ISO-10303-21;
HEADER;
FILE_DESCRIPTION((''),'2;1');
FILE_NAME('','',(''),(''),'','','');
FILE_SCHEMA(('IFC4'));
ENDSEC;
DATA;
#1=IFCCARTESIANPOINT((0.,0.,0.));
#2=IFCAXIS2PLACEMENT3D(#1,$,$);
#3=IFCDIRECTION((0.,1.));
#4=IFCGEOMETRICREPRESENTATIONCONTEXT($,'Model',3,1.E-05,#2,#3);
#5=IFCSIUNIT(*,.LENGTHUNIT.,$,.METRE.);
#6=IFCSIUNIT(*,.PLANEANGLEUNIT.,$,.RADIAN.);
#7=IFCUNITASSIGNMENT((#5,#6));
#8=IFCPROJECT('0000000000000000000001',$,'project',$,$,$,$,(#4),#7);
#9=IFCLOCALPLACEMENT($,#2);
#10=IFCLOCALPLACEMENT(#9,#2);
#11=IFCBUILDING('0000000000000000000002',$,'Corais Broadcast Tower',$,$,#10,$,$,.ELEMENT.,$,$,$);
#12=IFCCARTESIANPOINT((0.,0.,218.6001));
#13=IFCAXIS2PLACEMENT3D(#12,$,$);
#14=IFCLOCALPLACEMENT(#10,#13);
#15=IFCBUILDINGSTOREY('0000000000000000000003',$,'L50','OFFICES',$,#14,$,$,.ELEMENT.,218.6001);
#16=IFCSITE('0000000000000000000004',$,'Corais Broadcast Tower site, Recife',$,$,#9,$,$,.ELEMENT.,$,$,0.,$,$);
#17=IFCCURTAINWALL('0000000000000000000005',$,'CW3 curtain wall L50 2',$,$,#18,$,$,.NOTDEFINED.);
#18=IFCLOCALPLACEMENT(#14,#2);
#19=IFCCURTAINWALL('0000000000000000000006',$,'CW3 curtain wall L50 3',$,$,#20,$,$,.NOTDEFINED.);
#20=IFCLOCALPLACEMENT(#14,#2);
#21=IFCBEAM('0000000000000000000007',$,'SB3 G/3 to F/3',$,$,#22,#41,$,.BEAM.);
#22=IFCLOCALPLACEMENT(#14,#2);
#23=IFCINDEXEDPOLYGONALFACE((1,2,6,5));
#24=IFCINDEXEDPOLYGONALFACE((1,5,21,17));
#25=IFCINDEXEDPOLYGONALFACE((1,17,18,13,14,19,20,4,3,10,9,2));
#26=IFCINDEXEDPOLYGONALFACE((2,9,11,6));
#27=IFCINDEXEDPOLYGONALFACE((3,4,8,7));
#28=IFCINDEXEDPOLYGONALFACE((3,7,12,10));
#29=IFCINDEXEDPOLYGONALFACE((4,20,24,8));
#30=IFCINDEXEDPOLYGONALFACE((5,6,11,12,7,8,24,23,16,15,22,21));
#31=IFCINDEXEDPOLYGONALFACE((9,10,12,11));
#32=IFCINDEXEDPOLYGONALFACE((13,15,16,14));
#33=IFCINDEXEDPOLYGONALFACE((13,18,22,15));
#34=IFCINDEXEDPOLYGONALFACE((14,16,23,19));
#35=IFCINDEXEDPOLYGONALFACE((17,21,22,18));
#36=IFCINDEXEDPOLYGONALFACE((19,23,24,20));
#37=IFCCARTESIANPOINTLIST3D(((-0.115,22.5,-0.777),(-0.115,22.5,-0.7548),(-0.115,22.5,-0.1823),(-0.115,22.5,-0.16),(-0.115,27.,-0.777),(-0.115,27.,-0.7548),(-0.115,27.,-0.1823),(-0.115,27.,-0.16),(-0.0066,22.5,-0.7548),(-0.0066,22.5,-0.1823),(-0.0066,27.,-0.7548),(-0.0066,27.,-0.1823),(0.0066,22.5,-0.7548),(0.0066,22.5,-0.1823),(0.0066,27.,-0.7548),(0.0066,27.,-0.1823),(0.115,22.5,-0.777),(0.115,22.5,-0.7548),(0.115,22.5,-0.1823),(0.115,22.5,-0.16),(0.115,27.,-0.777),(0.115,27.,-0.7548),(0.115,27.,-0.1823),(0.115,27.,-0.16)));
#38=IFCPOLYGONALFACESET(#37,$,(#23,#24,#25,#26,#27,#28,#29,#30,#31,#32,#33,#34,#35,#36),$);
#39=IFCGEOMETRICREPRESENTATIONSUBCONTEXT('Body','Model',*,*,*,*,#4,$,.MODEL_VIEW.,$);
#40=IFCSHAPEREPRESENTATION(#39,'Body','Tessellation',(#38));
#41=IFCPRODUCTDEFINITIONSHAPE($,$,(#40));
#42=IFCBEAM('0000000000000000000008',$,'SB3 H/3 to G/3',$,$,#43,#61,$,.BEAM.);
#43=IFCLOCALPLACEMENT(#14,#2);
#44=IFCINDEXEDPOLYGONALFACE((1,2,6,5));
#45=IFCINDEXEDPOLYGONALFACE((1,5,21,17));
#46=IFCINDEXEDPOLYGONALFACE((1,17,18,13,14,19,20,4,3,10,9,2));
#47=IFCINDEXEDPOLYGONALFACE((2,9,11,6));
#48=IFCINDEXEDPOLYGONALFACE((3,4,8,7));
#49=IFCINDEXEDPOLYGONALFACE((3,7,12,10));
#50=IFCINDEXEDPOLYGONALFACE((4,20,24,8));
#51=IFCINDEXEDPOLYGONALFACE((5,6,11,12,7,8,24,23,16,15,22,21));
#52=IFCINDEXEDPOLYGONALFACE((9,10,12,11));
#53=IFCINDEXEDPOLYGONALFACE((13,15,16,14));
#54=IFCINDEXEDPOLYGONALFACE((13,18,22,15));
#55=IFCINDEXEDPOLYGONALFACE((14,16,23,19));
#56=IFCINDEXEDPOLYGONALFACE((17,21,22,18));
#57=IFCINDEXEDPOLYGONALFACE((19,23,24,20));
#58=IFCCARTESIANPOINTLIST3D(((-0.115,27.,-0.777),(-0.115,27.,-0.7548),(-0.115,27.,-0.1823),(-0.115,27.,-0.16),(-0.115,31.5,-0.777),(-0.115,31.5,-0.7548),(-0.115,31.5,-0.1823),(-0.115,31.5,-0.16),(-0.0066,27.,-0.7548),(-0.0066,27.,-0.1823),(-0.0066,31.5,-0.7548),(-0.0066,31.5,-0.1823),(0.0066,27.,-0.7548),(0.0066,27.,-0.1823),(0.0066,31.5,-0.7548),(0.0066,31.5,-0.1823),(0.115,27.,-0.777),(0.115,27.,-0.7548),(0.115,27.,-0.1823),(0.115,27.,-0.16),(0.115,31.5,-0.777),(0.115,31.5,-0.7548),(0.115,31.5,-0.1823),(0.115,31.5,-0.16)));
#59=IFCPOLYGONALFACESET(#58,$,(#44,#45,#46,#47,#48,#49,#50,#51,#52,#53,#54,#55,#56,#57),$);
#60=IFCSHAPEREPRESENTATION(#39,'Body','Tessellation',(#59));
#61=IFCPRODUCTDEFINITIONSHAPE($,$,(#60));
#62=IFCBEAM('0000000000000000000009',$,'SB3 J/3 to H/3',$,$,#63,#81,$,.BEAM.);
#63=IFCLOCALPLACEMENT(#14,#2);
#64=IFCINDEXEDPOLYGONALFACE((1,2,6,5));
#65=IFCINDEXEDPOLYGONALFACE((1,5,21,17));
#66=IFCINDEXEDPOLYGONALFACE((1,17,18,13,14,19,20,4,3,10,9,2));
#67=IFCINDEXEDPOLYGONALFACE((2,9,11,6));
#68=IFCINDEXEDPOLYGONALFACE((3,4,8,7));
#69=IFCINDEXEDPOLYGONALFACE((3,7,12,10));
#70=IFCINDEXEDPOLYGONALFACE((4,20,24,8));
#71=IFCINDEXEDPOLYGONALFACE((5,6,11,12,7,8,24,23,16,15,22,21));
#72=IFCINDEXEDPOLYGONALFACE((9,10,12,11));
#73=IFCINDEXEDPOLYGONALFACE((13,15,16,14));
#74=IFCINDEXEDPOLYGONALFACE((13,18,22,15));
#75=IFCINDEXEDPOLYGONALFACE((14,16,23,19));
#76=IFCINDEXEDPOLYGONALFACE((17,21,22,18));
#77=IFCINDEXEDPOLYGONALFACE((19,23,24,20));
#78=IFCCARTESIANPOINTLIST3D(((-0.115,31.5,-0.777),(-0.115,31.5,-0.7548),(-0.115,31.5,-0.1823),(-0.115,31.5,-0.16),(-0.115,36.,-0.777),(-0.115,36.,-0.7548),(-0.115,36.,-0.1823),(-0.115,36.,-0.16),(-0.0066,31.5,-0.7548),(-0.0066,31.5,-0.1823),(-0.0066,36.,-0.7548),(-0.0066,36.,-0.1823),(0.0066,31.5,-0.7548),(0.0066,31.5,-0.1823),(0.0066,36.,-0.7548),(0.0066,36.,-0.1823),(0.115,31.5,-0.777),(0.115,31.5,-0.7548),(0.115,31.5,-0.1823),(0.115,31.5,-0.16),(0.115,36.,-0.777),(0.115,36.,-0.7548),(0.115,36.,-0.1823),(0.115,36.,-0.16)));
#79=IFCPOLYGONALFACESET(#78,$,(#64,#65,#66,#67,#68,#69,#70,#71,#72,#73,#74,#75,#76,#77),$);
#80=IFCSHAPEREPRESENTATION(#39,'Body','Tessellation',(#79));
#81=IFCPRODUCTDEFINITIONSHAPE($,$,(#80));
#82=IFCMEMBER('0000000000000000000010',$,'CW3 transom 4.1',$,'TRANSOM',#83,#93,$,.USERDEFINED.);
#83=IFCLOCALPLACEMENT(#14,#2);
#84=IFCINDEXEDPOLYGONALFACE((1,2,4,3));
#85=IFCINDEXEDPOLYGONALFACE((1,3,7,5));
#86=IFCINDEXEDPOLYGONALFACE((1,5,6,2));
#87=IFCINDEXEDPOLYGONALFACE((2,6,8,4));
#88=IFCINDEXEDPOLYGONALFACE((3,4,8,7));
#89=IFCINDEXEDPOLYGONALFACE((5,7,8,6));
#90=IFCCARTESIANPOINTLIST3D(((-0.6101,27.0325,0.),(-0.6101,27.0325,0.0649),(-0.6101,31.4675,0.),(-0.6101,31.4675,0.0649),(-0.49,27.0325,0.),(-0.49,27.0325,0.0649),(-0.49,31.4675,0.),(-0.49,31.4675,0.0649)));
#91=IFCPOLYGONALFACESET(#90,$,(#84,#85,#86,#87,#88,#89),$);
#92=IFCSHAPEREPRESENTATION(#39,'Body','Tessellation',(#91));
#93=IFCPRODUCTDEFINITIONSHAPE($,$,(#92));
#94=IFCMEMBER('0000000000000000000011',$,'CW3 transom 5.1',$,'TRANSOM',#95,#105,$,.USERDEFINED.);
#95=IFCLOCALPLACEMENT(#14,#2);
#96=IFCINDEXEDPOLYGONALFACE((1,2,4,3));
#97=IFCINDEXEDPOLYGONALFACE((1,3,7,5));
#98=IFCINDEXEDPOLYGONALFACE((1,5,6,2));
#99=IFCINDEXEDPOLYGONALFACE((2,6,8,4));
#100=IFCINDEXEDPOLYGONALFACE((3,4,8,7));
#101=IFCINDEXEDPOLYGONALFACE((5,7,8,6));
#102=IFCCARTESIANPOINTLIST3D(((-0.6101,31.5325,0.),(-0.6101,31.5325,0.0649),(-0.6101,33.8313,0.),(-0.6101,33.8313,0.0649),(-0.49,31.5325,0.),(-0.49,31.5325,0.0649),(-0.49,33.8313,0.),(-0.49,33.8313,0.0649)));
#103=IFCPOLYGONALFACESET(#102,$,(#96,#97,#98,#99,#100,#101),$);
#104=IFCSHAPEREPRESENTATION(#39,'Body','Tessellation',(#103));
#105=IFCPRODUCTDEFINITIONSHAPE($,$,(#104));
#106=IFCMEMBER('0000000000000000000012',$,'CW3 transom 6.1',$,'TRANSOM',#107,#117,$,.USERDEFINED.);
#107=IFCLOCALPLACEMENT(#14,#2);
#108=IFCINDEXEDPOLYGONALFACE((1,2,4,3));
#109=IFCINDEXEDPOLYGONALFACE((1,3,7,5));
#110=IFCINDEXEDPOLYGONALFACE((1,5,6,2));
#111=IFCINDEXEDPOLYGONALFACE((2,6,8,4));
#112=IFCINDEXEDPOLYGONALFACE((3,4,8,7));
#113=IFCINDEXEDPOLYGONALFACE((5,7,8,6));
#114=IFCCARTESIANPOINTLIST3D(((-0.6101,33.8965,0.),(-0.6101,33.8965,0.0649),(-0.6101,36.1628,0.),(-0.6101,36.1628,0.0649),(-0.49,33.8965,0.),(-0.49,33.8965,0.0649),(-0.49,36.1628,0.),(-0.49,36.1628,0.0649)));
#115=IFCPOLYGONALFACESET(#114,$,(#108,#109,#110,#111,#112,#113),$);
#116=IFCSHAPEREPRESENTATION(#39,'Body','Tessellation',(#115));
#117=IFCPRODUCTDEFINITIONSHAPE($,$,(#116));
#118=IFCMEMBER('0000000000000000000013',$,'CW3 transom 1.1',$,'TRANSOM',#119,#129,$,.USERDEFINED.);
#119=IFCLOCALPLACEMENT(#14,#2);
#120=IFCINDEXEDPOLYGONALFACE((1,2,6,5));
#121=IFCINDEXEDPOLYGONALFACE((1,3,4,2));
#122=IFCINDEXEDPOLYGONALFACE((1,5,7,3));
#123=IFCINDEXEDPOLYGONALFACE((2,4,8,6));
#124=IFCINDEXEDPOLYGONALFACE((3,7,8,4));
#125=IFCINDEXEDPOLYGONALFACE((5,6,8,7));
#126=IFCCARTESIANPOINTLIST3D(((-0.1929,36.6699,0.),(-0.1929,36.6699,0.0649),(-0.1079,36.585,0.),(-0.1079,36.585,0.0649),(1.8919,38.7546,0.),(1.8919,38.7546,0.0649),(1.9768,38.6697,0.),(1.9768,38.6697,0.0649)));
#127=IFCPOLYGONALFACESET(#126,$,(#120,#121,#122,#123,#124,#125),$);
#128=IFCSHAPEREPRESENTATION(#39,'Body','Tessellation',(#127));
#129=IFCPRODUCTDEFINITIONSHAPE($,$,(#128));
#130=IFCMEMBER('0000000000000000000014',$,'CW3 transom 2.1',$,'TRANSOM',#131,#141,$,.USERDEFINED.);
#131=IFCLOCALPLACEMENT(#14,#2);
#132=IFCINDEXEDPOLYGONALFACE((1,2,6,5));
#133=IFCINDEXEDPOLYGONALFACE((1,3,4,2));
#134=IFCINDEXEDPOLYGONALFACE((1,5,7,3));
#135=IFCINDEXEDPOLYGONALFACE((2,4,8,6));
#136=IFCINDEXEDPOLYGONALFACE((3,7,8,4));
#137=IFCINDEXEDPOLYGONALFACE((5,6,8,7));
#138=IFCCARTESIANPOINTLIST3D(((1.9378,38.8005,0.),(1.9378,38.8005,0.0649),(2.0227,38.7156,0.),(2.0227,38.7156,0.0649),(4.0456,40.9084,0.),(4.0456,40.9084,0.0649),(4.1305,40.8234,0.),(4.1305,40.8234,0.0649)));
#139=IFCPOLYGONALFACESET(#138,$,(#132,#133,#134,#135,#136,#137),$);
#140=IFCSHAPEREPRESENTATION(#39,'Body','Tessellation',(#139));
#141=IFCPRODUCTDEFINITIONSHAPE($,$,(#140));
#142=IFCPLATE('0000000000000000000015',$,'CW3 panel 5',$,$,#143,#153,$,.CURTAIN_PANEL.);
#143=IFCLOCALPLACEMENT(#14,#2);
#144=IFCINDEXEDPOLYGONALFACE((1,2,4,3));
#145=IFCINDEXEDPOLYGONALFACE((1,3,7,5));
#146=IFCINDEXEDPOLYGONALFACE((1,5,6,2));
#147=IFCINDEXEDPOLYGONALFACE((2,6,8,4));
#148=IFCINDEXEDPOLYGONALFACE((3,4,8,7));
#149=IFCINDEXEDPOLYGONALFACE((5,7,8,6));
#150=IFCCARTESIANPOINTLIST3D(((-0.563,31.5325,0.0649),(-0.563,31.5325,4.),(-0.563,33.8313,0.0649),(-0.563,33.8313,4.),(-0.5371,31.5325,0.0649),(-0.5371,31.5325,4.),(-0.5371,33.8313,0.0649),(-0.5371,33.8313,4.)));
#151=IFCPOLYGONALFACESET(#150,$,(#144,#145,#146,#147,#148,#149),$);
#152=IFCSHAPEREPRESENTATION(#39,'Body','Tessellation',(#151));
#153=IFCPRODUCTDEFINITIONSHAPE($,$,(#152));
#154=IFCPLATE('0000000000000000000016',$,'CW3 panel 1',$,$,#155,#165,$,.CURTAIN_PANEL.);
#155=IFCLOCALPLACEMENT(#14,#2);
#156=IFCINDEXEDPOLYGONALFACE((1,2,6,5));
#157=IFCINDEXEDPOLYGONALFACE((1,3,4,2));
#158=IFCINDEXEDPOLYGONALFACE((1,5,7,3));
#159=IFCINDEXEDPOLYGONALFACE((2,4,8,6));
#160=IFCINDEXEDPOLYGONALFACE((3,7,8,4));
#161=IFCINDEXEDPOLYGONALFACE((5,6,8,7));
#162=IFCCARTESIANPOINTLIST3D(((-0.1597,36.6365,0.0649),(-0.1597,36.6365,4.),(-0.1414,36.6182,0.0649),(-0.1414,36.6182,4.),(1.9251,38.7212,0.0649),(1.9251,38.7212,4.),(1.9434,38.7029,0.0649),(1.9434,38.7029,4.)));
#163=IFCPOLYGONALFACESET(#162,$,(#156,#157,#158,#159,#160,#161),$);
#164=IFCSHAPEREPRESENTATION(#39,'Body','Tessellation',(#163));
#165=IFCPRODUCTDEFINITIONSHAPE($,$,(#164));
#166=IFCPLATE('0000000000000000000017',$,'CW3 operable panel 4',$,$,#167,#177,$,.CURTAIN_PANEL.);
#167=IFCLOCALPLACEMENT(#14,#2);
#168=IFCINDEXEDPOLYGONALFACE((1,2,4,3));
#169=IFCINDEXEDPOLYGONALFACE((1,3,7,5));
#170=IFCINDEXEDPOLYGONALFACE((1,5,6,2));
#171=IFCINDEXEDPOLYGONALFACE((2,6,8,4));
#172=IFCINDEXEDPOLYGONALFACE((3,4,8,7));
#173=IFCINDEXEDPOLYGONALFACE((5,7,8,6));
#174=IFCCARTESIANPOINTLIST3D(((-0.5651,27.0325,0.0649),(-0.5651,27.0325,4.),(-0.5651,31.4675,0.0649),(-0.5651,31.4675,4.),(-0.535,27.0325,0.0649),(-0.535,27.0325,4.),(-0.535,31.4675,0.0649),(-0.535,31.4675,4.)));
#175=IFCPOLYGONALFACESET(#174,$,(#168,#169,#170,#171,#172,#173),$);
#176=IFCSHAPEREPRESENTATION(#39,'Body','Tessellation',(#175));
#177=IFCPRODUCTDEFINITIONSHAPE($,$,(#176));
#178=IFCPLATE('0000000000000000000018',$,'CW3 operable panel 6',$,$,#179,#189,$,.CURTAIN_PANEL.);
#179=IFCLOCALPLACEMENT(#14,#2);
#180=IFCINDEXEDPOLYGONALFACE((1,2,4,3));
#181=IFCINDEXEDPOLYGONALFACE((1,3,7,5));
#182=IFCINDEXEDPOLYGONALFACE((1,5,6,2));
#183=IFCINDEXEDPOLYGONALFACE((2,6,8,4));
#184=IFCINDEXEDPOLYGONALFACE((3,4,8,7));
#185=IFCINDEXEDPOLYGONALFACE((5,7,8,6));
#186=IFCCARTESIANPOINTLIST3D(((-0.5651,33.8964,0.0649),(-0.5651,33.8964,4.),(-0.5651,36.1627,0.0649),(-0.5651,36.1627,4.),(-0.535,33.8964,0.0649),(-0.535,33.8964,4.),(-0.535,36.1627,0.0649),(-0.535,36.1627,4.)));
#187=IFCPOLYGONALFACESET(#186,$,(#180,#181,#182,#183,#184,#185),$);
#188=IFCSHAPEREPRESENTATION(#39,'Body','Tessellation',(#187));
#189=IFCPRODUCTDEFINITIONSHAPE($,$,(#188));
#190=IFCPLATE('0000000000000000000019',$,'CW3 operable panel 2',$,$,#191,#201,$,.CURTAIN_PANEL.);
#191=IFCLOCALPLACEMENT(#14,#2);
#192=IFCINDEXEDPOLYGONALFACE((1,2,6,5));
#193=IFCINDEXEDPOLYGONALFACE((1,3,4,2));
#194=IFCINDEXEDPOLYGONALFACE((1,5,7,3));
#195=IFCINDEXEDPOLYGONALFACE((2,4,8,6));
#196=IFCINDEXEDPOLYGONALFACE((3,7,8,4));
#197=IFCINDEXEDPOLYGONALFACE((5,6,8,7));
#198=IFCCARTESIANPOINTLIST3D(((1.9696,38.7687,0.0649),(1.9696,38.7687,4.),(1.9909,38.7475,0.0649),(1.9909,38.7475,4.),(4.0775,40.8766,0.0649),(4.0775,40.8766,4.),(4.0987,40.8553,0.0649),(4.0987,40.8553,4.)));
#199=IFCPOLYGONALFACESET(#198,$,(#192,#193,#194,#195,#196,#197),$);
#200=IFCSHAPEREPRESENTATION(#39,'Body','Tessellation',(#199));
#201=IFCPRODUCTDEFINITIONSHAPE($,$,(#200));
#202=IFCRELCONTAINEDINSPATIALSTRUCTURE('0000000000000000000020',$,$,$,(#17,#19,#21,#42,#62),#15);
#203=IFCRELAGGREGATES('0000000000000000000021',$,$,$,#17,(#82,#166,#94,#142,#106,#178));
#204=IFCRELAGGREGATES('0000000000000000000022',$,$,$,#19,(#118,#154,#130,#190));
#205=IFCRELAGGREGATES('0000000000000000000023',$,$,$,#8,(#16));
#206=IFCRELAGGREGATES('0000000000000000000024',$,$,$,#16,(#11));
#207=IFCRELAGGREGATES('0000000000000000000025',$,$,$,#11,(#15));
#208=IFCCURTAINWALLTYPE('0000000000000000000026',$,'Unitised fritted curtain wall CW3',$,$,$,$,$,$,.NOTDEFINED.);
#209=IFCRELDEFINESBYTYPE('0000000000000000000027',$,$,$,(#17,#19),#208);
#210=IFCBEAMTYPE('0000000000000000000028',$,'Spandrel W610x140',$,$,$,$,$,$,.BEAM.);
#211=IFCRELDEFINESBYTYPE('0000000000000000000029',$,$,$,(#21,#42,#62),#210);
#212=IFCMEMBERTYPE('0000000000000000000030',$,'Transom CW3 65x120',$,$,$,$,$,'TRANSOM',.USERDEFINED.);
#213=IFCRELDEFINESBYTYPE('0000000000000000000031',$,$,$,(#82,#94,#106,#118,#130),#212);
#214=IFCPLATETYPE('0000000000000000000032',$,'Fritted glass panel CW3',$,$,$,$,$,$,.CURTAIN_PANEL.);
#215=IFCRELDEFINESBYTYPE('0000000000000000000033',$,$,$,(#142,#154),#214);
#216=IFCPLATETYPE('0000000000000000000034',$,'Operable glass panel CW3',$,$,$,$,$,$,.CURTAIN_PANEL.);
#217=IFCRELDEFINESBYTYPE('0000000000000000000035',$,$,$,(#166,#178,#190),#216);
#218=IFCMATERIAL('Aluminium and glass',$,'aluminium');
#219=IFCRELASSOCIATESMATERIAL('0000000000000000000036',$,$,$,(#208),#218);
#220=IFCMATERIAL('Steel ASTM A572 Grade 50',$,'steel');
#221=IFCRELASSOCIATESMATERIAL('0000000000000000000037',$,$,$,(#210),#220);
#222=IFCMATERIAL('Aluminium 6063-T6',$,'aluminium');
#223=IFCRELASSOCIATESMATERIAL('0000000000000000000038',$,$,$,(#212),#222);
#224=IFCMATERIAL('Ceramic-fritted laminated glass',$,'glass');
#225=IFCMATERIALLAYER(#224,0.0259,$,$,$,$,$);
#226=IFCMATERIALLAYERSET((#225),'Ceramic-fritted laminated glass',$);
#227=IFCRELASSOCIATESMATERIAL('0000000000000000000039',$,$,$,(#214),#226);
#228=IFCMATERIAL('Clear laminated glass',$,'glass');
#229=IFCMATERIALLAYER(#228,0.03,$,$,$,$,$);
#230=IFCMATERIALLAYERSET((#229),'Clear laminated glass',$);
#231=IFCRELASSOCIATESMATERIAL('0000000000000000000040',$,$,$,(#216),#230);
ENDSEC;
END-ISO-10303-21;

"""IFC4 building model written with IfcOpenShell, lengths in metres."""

from ifc_helpers import new_model, si_unit, direction, frame, origin, origin_2d, place, context, subcontext, project, spatial, rectangle, i_section, extrude, material, layer, layer_set, material_profile, profile_set, type_object, element, aggregate, save


model = new_model("IFC4")

# Units and contexts
model_context = context("Model", 3, precision=1e-05, world=origin(), true_north=direction((0.0, 1.0)))
body_context = subcontext(model_context, "Body", "Model", "MODEL_VIEW")
ifc_project = project(units=[si_unit("LENGTHUNIT", "METRE"), si_unit("PLANEANGLEUNIT", "RADIAN")], contexts=[model_context])

# Site, building, storey
site_placement = place(None, origin())
site = spatial("IfcSite", under=ifc_project, at=site_placement, Name="Corais Broadcast Tower site, Recife", CompositionType="ELEMENT", RefElevation=0.0)
building_placement = place(site_placement, origin())
building = spatial("IfcBuilding", under=site, at=building_placement, Name="Corais Broadcast Tower", CompositionType="ELEMENT")
storey_placement = place(building_placement, frame((0.0, 0.0, 218.6001)))
storey = spatial("IfcBuildingStorey", under=building, at=storey_placement, Name="L50", Description="OFFICES", CompositionType="ELEMENT", Elevation=218.6001)

# Curtain walls
ifc_material_1 = material(Name="Aluminium and glass", Category="aluminium")
curtain_wall_type = type_object("IfcCurtainWallType", Name="Unitised fritted curtain wall CW3", PredefinedType="NOTDEFINED", material=ifc_material_1)
curtain_wall_1_placement = place(storey_placement, origin())
curtain_wall_1 = element("IfcCurtainWall", 1, at=curtain_wall_1_placement, inside=storey, type_object=curtain_wall_type, Name="CW3 curtain wall L50 2", PredefinedType="NOTDEFINED")
curtain_wall_2_placement = place(storey_placement, origin())
curtain_wall_2 = element("IfcCurtainWall", 2, at=curtain_wall_2_placement, inside=storey, type_object=curtain_wall_type, Name="CW3 curtain wall L50 3", PredefinedType="NOTDEFINED")

# Beams
ifc_material_2 = material(Name="Steel ASTM A572 Grade 50", Category="steel")
ifc_material_profile_1 = material_profile(ifc_material_2, i_section(OverallWidth=0.23, OverallDepth=0.6169, WebThickness=0.0132, FlangeThickness=0.0222, at=origin_2d()), Name="W610x140")
ifc_profile_set_1 = profile_set([ifc_material_profile_1], Name="Steel ASTM A572 Grade 50")
beam_type_1 = type_object("IfcBeamType", Name="Spandrel W610x140", PredefinedType="BEAM", material=ifc_profile_set_1)
for number, where, z_axis, x_axis, name in (
    (3, (0.0, 27.0, -0.4685), (0.0, -1.0, 0.0), (1.0, 0.0, 0.0), "SB3 G/3 to F/3"),
    (4, (0.0, 31.5, -0.4685), (0.0, -1.0, 0.0), (1.0, 0.0, 0.0), "SB3 H/3 to G/3"),
    (5, (0.0, 36.0, -0.4685), (0.0, -1.0, 0.0), (1.0, 0.0, 0.0), "SB3 J/3 to H/3"),
):
    element("IfcBeam", number, at=place(storey_placement, frame(where, z_axis=z_axis, x_axis=x_axis)), inside=storey, type_object=beam_type_1, Name=name, PredefinedType="BEAM", context=body_context, shape_type="SweptSolid", body=[
        extrude(i_section(OverallWidth=0.23, OverallDepth=0.6169, WebThickness=0.0132, FlangeThickness=0.0222, at=origin_2d()), origin(), (0.0, 0.0, 1.0), 4.5),
    ])

# Members
ifc_material_3 = material(Name="Aluminium 6063-T6", Category="aluminium")
ifc_material_profile_2 = material_profile(ifc_material_3, rectangle(XDim=0.1201, YDim=0.0649, at=origin_2d()), Name="Transom CW3 65x120")
ifc_profile_set_2 = profile_set([ifc_material_profile_2], Name="Aluminium 6063-T6")
member_type_1 = type_object("IfcMemberType", Name="Transom CW3 65x120", ElementType="TRANSOM", PredefinedType="USERDEFINED", material=ifc_profile_set_2)
member_1_placement = place(storey_placement, frame((-0.55, 27.0325, 0.0325), z_axis=(0.0, 1.0, 0.0), x_axis=(-1.0, 0.0, 0.0)))
member_1 = element("IfcMember", 6, at=member_1_placement, type_object=member_type_1, Name="CW3 transom 4.1", ObjectType="TRANSOM", PredefinedType="USERDEFINED", context=body_context, shape_type="SweptSolid", body=[
    extrude(rectangle(XDim=0.1201, YDim=0.0649, at=origin_2d()), origin(), (0.0, 0.0, 1.0), 4.4351),
])
member_2_placement = place(storey_placement, frame((-0.55, 31.5325, 0.0325), z_axis=(0.0, 1.0, 0.0), x_axis=(-1.0, 0.0, 0.0)))
member_2 = element("IfcMember", 7, at=member_2_placement, type_object=member_type_1, Name="CW3 transom 5.1", ObjectType="TRANSOM", PredefinedType="USERDEFINED", context=body_context, shape_type="SweptSolid", body=[
    extrude(rectangle(XDim=0.1201, YDim=0.0649, at=origin_2d()), origin(), (0.0, 0.0, 1.0), 2.2988),
])
member_3_placement = place(storey_placement, frame((-0.55, 33.8965, 0.0325), z_axis=(0.0, 1.0, 0.0), x_axis=(-1.0, 0.0, 0.0)))
member_3 = element("IfcMember", 8, at=member_3_placement, type_object=member_type_1, Name="CW3 transom 6.1", ObjectType="TRANSOM", PredefinedType="USERDEFINED", context=body_context, shape_type="SweptSolid", body=[
    extrude(rectangle(XDim=0.1201, YDim=0.0649, at=origin_2d()), origin(), (0.0, 0.0, 1.0), 2.2664),
])
member_4_placement = place(storey_placement, frame((-0.1504, 36.6274, 0.0325), z_axis=(0.707107, 0.707107, 0.0), x_axis=(-0.707107, 0.707107, 0.0)))
member_4 = element("IfcMember", 9, at=member_4_placement, type_object=member_type_1, Name="CW3 transom 1.1", ObjectType="TRANSOM", PredefinedType="USERDEFINED", context=body_context, shape_type="SweptSolid", body=[
    extrude(rectangle(XDim=0.1201, YDim=0.0649, at=origin_2d()), origin(), (0.0, 0.0, 1.0), 2.9482),
])
member_5_placement = place(storey_placement, frame((1.9802, 38.7581, 0.0325), z_axis=(0.707107, 0.707107, 0.0), x_axis=(-0.707107, 0.707107, 0.0)))
member_5 = element("IfcMember", 10, at=member_5_placement, type_object=member_type_1, Name="CW3 transom 2.1", ObjectType="TRANSOM", PredefinedType="USERDEFINED", context=body_context, shape_type="SweptSolid", body=[
    extrude(rectangle(XDim=0.1201, YDim=0.0649, at=origin_2d()), origin(), (0.0, 0.0, 1.0), 2.981),
])

# Plates
ifc_material_4 = material(Name="Ceramic-fritted laminated glass", Category="glass")
ifc_layer_1 = layer(ifc_material_4, 0.0259)
ifc_layer_set_1 = layer_set([ifc_layer_1], Name="Ceramic-fritted laminated glass")
plate_type_1 = type_object("IfcPlateType", Name="Fritted glass panel CW3", PredefinedType="CURTAIN_PANEL", material=ifc_layer_set_1)
plate_1_placement = place(storey_placement, frame((-0.55, 32.6819, 0.0649), z_axis=(0.0, 0.0, 1.0), x_axis=(0.0, 1.0, 0.0)))
plate_1 = element("IfcPlate", 11, at=plate_1_placement, type_object=plate_type_1, Name="CW3 panel 5", PredefinedType="CURTAIN_PANEL", context=body_context, shape_type="SweptSolid", body=[
    extrude(rectangle(XDim=2.2988, YDim=0.0259, at=origin_2d()), origin(), (0.0, 0.0, 1.0), 3.9351),
])
plate_2_placement = place(storey_placement, frame((0.8918, 37.6697, 0.0649), z_axis=(0.0, 0.0, 1.0), x_axis=(0.707107, 0.707107, 0.0)))
plate_2 = element("IfcPlate", 12, at=plate_2_placement, type_object=plate_type_1, Name="CW3 panel 1", PredefinedType="CURTAIN_PANEL", context=body_context, shape_type="SweptSolid", body=[
    extrude(rectangle(XDim=2.9482, YDim=0.0259, at=origin_2d()), origin(), (0.0, 0.0, 1.0), 3.9351),
])
ifc_material_5 = material(Name="Clear laminated glass", Category="glass")
ifc_layer_2 = layer(ifc_material_5, 0.03)
ifc_layer_set_2 = layer_set([ifc_layer_2], Name="Clear laminated glass")
plate_type_2 = type_object("IfcPlateType", Name="Operable glass panel CW3", PredefinedType="CURTAIN_PANEL", material=ifc_layer_set_2)
plate_3_placement = place(storey_placement, frame((-0.55, 29.25, 0.0649), z_axis=(0.0, 0.0, 1.0), x_axis=(0.0, 1.0, 0.0)))
plate_3 = element("IfcPlate", 13, at=plate_3_placement, type_object=plate_type_2, Name="CW3 operable panel 4", PredefinedType="CURTAIN_PANEL", context=body_context, shape_type="SweptSolid", body=[
    extrude(rectangle(XDim=4.4351, YDim=0.03, at=origin_2d()), origin(), (0.0, 0.0, 1.0), 3.9351),
])
plate_4_placement = place(storey_placement, frame((-0.55, 35.0295, 0.0649), z_axis=(0.0, 0.0, 1.0), x_axis=(0.0, 1.0, 0.0)))
plate_4 = element("IfcPlate", 14, at=plate_4_placement, type_object=plate_type_2, Name="CW3 operable panel 6", PredefinedType="CURTAIN_PANEL", context=body_context, shape_type="SweptSolid", body=[
    extrude(rectangle(XDim=2.2664, YDim=0.03, at=origin_2d()), origin(), (0.0, 0.0, 1.0), 3.9351),
])
aggregate(curtain_wall_1, [member_1, plate_3, member_2, plate_1, member_3, plate_4])
plate_5_placement = place(storey_placement, frame((3.0342, 39.812, 0.0649), z_axis=(0.0, 0.0, 1.0), x_axis=(0.707107, 0.707107, 0.0)))
plate_5 = element("IfcPlate", 15, at=plate_5_placement, type_object=plate_type_2, Name="CW3 operable panel 2", PredefinedType="CURTAIN_PANEL", context=body_context, shape_type="SweptSolid", body=[
    extrude(rectangle(XDim=2.981, YDim=0.03, at=origin_2d()), origin(), (0.0, 0.0, 1.0), 3.9351),
])
aggregate(curtain_wall_2, [member_4, plate_2, member_5, plate_5])

save(model, "model.ifc")
